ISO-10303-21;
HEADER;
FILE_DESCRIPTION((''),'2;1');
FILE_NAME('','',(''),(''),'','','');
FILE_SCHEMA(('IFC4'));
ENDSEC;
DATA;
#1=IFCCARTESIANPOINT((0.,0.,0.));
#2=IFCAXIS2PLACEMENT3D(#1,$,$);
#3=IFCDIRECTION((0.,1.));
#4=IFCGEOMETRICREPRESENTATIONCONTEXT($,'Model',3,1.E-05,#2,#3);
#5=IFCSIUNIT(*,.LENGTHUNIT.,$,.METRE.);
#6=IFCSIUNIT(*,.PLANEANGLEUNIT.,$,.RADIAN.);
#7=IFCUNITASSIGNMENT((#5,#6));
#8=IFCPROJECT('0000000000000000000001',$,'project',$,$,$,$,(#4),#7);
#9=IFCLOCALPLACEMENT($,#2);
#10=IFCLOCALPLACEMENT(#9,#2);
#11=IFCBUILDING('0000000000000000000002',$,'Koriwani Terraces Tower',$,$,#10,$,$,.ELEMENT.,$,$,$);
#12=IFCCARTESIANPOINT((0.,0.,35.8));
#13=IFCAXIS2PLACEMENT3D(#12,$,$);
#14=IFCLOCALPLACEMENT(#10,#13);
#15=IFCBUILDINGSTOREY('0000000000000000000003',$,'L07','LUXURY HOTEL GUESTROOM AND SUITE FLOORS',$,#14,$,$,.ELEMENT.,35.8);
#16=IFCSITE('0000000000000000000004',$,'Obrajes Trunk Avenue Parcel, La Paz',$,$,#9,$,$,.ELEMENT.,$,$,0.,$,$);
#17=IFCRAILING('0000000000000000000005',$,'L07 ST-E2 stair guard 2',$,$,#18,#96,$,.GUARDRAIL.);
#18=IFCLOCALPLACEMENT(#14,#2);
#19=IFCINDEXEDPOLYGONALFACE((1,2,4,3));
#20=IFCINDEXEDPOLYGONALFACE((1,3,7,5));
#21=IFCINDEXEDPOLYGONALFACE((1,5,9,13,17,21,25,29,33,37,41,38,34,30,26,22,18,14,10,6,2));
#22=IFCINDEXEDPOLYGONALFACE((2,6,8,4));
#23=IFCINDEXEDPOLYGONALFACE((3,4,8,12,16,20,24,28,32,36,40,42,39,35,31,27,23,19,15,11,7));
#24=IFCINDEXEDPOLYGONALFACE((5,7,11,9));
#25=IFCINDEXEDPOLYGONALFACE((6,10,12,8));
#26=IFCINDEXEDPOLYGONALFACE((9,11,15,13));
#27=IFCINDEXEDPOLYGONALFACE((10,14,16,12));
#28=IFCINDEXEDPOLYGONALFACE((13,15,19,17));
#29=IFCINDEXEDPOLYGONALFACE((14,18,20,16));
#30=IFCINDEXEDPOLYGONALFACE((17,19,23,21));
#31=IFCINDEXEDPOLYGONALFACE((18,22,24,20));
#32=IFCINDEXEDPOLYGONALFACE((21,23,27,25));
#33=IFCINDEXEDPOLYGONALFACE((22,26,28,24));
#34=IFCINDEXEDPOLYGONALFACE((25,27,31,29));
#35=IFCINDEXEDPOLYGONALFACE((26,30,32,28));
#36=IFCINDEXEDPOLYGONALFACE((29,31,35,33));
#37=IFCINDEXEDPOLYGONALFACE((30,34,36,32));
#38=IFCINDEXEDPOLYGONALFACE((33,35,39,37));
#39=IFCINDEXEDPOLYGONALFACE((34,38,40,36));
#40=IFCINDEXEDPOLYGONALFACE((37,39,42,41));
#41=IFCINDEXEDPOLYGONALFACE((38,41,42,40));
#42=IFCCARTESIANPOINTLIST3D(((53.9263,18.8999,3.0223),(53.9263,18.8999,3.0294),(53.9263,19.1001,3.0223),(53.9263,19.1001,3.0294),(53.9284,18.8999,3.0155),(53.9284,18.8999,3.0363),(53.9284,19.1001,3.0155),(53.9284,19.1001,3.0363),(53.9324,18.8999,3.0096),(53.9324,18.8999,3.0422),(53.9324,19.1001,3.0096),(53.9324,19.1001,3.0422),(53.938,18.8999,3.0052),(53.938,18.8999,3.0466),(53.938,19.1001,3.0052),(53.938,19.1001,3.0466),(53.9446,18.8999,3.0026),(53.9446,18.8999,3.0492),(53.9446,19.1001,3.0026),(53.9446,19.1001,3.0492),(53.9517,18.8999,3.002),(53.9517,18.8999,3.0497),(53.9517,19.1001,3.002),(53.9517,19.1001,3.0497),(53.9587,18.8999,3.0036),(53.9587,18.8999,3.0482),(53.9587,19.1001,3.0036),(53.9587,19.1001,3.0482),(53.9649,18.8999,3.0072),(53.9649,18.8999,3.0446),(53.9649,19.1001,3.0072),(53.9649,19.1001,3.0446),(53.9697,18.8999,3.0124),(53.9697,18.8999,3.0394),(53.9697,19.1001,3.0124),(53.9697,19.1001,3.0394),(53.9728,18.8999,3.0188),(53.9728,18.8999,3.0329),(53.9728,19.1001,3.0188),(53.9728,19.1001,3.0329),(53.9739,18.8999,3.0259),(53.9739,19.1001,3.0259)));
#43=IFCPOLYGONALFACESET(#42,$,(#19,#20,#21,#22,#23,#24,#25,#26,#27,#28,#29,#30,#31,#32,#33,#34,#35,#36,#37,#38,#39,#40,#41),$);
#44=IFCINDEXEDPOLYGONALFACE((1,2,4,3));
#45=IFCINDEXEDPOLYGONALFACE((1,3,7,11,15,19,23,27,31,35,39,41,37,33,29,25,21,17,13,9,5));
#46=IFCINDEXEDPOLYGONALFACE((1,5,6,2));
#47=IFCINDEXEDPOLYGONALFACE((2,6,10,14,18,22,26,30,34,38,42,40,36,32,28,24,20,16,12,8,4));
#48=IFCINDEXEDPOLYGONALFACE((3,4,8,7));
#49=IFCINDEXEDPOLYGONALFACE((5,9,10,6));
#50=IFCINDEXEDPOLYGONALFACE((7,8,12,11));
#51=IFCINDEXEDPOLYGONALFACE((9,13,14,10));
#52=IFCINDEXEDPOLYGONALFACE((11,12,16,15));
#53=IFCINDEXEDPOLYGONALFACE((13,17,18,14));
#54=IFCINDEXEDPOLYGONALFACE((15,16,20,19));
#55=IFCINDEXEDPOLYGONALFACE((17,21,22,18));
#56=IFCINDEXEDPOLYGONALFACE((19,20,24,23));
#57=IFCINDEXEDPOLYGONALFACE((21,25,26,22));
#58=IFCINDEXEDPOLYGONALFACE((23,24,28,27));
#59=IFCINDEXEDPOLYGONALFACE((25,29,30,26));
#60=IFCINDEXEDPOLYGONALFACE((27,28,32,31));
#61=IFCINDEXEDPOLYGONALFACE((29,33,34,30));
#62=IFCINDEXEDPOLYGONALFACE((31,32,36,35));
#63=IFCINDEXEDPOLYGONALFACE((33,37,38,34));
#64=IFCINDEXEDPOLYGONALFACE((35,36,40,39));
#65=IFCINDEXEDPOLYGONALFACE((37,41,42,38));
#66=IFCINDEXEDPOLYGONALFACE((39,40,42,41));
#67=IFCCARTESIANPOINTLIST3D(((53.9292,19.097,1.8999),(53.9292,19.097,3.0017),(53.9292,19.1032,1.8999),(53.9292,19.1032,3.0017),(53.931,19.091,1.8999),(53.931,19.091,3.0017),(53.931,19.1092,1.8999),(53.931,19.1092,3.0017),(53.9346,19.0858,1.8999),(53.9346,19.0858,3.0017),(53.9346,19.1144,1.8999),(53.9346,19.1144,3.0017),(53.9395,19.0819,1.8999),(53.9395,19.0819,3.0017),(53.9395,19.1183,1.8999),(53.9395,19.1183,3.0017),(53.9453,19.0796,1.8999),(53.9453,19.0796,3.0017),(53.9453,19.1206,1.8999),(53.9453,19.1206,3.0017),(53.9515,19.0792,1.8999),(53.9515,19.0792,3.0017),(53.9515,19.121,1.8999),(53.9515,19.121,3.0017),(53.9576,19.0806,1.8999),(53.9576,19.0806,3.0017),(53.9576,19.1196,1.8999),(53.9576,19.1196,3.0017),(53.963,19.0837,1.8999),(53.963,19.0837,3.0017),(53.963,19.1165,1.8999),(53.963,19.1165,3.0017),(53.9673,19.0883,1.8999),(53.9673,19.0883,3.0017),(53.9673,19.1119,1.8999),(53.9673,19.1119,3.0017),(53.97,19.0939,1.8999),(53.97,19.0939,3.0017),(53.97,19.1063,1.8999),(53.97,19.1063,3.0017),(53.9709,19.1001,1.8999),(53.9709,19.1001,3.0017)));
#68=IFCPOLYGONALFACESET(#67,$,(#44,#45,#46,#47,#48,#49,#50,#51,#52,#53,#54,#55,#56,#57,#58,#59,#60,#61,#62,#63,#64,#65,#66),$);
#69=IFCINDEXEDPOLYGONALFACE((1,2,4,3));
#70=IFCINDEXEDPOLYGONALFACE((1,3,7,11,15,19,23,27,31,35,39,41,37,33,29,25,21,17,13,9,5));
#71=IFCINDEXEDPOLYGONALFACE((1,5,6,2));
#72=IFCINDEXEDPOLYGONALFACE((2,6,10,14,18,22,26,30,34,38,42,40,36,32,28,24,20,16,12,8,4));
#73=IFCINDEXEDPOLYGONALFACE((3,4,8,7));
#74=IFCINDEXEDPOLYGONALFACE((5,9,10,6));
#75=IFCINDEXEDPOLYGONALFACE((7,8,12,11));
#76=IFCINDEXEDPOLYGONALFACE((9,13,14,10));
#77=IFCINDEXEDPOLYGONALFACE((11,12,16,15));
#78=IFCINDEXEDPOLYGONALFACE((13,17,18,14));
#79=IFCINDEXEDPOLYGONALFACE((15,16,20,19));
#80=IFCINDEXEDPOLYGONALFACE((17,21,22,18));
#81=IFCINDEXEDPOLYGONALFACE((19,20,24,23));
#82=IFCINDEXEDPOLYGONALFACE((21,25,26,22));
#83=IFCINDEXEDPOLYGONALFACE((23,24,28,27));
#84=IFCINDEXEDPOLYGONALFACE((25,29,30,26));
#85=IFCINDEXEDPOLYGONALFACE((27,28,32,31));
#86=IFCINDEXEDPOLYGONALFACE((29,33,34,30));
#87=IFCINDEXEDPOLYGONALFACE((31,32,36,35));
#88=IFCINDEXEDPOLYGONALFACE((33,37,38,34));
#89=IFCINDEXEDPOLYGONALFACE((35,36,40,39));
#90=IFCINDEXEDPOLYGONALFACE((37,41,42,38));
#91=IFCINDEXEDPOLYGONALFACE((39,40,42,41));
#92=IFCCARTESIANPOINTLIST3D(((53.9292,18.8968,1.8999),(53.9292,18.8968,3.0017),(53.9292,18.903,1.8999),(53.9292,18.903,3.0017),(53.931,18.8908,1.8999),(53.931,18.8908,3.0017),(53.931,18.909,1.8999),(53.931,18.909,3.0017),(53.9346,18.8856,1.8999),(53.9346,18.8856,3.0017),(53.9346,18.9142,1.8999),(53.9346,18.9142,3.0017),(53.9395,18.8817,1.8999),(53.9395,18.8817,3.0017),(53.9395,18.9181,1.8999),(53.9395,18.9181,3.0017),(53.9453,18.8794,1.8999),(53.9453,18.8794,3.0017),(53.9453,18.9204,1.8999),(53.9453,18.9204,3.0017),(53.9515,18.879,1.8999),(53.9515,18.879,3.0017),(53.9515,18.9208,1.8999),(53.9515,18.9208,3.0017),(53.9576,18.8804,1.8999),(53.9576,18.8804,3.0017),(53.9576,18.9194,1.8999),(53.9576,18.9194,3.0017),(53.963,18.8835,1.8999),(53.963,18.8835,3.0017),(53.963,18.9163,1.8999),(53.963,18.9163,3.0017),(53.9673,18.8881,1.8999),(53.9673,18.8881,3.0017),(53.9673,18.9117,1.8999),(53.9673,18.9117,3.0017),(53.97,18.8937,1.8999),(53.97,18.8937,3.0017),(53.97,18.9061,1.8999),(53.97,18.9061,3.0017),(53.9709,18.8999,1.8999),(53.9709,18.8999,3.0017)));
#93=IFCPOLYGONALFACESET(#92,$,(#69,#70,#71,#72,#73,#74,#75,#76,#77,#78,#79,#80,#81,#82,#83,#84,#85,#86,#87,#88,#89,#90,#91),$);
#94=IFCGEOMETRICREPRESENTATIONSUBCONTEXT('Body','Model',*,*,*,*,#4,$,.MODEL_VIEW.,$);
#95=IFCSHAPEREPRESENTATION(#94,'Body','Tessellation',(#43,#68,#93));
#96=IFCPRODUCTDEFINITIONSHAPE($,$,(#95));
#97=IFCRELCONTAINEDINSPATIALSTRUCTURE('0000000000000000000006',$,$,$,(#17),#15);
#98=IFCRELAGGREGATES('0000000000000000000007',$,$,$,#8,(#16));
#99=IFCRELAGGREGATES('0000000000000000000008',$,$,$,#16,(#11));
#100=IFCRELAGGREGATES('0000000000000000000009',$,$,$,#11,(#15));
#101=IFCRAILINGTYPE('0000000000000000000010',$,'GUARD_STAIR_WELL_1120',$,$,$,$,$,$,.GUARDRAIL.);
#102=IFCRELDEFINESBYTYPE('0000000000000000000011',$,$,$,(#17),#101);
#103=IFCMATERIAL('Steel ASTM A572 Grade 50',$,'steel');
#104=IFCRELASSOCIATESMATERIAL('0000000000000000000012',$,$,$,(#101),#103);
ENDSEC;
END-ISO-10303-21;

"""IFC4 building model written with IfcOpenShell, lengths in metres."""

from ifc_helpers import new_model, si_unit, direction, frame, origin, origin_2d, place, context, subcontext, project, spatial, circle, extrude, material, type_object, element, save


model = new_model("IFC4")

# Units and contexts
model_context = context("Model", 3, precision=1e-05, world=origin(), true_north=direction((0.0, 1.0)))
body_context = subcontext(model_context, "Body", "Model", "MODEL_VIEW")
ifc_project = project(units=[si_unit("LENGTHUNIT", "METRE"), si_unit("PLANEANGLEUNIT", "RADIAN")], contexts=[model_context])

# Site, building, storey
site_placement = place(None, origin())
site = spatial("IfcSite", under=ifc_project, at=site_placement, Name="Obrajes Trunk Avenue Parcel, La Paz", CompositionType="ELEMENT", RefElevation=0.0)
building_placement = place(site_placement, origin())
building = spatial("IfcBuilding", under=site, at=building_placement, Name="Koriwani Terraces Tower", CompositionType="ELEMENT")
storey_placement = place(building_placement, frame((0.0, 0.0, 35.8)))
storey = spatial("IfcBuildingStorey", under=building, at=storey_placement, Name="L07", Description="LUXURY HOTEL GUESTROOM AND SUITE FLOORS", CompositionType="ELEMENT", Elevation=35.8)

# Shared definitions
ifc_material_1 = material(Name="Steel ASTM A572 Grade 50", Category="steel")

# Railing
railing_type_1 = type_object("IfcRailingType", Name="GUARD_STAIR_WELL_1120", PredefinedType="GUARDRAIL", material=ifc_material_1)
railing_1_placement = place(storey_placement, frame((53.95, 19.1001, 1.8999)))
element("IfcRailing", 1, at=railing_1_placement, inside=storey, type_object=railing_type_1, Name="L07 ST-E2 stair guard 2", PredefinedType="GUARDRAIL", context=body_context, shape_type="SweptSolid", body=[
    extrude(circle(Radius=0.0239, at=origin_2d()), frame((0.0, 0.0, 1.126), z_axis=(0.0, -1.0, 0.0), x_axis=(1.0, 0.0, 0.0)), (0.0, 0.0, 1.0), 0.2002),
    extrude(circle(Radius=0.021, at=origin_2d()), origin(), (0.0, 0.0, 1.0), 1.1018),
    extrude(circle(Radius=0.021, at=origin_2d()), frame((0.0, -0.2002, 0.0)), (0.0, 0.0, 1.0), 1.1018),
])

save(model, "model.ifc")
